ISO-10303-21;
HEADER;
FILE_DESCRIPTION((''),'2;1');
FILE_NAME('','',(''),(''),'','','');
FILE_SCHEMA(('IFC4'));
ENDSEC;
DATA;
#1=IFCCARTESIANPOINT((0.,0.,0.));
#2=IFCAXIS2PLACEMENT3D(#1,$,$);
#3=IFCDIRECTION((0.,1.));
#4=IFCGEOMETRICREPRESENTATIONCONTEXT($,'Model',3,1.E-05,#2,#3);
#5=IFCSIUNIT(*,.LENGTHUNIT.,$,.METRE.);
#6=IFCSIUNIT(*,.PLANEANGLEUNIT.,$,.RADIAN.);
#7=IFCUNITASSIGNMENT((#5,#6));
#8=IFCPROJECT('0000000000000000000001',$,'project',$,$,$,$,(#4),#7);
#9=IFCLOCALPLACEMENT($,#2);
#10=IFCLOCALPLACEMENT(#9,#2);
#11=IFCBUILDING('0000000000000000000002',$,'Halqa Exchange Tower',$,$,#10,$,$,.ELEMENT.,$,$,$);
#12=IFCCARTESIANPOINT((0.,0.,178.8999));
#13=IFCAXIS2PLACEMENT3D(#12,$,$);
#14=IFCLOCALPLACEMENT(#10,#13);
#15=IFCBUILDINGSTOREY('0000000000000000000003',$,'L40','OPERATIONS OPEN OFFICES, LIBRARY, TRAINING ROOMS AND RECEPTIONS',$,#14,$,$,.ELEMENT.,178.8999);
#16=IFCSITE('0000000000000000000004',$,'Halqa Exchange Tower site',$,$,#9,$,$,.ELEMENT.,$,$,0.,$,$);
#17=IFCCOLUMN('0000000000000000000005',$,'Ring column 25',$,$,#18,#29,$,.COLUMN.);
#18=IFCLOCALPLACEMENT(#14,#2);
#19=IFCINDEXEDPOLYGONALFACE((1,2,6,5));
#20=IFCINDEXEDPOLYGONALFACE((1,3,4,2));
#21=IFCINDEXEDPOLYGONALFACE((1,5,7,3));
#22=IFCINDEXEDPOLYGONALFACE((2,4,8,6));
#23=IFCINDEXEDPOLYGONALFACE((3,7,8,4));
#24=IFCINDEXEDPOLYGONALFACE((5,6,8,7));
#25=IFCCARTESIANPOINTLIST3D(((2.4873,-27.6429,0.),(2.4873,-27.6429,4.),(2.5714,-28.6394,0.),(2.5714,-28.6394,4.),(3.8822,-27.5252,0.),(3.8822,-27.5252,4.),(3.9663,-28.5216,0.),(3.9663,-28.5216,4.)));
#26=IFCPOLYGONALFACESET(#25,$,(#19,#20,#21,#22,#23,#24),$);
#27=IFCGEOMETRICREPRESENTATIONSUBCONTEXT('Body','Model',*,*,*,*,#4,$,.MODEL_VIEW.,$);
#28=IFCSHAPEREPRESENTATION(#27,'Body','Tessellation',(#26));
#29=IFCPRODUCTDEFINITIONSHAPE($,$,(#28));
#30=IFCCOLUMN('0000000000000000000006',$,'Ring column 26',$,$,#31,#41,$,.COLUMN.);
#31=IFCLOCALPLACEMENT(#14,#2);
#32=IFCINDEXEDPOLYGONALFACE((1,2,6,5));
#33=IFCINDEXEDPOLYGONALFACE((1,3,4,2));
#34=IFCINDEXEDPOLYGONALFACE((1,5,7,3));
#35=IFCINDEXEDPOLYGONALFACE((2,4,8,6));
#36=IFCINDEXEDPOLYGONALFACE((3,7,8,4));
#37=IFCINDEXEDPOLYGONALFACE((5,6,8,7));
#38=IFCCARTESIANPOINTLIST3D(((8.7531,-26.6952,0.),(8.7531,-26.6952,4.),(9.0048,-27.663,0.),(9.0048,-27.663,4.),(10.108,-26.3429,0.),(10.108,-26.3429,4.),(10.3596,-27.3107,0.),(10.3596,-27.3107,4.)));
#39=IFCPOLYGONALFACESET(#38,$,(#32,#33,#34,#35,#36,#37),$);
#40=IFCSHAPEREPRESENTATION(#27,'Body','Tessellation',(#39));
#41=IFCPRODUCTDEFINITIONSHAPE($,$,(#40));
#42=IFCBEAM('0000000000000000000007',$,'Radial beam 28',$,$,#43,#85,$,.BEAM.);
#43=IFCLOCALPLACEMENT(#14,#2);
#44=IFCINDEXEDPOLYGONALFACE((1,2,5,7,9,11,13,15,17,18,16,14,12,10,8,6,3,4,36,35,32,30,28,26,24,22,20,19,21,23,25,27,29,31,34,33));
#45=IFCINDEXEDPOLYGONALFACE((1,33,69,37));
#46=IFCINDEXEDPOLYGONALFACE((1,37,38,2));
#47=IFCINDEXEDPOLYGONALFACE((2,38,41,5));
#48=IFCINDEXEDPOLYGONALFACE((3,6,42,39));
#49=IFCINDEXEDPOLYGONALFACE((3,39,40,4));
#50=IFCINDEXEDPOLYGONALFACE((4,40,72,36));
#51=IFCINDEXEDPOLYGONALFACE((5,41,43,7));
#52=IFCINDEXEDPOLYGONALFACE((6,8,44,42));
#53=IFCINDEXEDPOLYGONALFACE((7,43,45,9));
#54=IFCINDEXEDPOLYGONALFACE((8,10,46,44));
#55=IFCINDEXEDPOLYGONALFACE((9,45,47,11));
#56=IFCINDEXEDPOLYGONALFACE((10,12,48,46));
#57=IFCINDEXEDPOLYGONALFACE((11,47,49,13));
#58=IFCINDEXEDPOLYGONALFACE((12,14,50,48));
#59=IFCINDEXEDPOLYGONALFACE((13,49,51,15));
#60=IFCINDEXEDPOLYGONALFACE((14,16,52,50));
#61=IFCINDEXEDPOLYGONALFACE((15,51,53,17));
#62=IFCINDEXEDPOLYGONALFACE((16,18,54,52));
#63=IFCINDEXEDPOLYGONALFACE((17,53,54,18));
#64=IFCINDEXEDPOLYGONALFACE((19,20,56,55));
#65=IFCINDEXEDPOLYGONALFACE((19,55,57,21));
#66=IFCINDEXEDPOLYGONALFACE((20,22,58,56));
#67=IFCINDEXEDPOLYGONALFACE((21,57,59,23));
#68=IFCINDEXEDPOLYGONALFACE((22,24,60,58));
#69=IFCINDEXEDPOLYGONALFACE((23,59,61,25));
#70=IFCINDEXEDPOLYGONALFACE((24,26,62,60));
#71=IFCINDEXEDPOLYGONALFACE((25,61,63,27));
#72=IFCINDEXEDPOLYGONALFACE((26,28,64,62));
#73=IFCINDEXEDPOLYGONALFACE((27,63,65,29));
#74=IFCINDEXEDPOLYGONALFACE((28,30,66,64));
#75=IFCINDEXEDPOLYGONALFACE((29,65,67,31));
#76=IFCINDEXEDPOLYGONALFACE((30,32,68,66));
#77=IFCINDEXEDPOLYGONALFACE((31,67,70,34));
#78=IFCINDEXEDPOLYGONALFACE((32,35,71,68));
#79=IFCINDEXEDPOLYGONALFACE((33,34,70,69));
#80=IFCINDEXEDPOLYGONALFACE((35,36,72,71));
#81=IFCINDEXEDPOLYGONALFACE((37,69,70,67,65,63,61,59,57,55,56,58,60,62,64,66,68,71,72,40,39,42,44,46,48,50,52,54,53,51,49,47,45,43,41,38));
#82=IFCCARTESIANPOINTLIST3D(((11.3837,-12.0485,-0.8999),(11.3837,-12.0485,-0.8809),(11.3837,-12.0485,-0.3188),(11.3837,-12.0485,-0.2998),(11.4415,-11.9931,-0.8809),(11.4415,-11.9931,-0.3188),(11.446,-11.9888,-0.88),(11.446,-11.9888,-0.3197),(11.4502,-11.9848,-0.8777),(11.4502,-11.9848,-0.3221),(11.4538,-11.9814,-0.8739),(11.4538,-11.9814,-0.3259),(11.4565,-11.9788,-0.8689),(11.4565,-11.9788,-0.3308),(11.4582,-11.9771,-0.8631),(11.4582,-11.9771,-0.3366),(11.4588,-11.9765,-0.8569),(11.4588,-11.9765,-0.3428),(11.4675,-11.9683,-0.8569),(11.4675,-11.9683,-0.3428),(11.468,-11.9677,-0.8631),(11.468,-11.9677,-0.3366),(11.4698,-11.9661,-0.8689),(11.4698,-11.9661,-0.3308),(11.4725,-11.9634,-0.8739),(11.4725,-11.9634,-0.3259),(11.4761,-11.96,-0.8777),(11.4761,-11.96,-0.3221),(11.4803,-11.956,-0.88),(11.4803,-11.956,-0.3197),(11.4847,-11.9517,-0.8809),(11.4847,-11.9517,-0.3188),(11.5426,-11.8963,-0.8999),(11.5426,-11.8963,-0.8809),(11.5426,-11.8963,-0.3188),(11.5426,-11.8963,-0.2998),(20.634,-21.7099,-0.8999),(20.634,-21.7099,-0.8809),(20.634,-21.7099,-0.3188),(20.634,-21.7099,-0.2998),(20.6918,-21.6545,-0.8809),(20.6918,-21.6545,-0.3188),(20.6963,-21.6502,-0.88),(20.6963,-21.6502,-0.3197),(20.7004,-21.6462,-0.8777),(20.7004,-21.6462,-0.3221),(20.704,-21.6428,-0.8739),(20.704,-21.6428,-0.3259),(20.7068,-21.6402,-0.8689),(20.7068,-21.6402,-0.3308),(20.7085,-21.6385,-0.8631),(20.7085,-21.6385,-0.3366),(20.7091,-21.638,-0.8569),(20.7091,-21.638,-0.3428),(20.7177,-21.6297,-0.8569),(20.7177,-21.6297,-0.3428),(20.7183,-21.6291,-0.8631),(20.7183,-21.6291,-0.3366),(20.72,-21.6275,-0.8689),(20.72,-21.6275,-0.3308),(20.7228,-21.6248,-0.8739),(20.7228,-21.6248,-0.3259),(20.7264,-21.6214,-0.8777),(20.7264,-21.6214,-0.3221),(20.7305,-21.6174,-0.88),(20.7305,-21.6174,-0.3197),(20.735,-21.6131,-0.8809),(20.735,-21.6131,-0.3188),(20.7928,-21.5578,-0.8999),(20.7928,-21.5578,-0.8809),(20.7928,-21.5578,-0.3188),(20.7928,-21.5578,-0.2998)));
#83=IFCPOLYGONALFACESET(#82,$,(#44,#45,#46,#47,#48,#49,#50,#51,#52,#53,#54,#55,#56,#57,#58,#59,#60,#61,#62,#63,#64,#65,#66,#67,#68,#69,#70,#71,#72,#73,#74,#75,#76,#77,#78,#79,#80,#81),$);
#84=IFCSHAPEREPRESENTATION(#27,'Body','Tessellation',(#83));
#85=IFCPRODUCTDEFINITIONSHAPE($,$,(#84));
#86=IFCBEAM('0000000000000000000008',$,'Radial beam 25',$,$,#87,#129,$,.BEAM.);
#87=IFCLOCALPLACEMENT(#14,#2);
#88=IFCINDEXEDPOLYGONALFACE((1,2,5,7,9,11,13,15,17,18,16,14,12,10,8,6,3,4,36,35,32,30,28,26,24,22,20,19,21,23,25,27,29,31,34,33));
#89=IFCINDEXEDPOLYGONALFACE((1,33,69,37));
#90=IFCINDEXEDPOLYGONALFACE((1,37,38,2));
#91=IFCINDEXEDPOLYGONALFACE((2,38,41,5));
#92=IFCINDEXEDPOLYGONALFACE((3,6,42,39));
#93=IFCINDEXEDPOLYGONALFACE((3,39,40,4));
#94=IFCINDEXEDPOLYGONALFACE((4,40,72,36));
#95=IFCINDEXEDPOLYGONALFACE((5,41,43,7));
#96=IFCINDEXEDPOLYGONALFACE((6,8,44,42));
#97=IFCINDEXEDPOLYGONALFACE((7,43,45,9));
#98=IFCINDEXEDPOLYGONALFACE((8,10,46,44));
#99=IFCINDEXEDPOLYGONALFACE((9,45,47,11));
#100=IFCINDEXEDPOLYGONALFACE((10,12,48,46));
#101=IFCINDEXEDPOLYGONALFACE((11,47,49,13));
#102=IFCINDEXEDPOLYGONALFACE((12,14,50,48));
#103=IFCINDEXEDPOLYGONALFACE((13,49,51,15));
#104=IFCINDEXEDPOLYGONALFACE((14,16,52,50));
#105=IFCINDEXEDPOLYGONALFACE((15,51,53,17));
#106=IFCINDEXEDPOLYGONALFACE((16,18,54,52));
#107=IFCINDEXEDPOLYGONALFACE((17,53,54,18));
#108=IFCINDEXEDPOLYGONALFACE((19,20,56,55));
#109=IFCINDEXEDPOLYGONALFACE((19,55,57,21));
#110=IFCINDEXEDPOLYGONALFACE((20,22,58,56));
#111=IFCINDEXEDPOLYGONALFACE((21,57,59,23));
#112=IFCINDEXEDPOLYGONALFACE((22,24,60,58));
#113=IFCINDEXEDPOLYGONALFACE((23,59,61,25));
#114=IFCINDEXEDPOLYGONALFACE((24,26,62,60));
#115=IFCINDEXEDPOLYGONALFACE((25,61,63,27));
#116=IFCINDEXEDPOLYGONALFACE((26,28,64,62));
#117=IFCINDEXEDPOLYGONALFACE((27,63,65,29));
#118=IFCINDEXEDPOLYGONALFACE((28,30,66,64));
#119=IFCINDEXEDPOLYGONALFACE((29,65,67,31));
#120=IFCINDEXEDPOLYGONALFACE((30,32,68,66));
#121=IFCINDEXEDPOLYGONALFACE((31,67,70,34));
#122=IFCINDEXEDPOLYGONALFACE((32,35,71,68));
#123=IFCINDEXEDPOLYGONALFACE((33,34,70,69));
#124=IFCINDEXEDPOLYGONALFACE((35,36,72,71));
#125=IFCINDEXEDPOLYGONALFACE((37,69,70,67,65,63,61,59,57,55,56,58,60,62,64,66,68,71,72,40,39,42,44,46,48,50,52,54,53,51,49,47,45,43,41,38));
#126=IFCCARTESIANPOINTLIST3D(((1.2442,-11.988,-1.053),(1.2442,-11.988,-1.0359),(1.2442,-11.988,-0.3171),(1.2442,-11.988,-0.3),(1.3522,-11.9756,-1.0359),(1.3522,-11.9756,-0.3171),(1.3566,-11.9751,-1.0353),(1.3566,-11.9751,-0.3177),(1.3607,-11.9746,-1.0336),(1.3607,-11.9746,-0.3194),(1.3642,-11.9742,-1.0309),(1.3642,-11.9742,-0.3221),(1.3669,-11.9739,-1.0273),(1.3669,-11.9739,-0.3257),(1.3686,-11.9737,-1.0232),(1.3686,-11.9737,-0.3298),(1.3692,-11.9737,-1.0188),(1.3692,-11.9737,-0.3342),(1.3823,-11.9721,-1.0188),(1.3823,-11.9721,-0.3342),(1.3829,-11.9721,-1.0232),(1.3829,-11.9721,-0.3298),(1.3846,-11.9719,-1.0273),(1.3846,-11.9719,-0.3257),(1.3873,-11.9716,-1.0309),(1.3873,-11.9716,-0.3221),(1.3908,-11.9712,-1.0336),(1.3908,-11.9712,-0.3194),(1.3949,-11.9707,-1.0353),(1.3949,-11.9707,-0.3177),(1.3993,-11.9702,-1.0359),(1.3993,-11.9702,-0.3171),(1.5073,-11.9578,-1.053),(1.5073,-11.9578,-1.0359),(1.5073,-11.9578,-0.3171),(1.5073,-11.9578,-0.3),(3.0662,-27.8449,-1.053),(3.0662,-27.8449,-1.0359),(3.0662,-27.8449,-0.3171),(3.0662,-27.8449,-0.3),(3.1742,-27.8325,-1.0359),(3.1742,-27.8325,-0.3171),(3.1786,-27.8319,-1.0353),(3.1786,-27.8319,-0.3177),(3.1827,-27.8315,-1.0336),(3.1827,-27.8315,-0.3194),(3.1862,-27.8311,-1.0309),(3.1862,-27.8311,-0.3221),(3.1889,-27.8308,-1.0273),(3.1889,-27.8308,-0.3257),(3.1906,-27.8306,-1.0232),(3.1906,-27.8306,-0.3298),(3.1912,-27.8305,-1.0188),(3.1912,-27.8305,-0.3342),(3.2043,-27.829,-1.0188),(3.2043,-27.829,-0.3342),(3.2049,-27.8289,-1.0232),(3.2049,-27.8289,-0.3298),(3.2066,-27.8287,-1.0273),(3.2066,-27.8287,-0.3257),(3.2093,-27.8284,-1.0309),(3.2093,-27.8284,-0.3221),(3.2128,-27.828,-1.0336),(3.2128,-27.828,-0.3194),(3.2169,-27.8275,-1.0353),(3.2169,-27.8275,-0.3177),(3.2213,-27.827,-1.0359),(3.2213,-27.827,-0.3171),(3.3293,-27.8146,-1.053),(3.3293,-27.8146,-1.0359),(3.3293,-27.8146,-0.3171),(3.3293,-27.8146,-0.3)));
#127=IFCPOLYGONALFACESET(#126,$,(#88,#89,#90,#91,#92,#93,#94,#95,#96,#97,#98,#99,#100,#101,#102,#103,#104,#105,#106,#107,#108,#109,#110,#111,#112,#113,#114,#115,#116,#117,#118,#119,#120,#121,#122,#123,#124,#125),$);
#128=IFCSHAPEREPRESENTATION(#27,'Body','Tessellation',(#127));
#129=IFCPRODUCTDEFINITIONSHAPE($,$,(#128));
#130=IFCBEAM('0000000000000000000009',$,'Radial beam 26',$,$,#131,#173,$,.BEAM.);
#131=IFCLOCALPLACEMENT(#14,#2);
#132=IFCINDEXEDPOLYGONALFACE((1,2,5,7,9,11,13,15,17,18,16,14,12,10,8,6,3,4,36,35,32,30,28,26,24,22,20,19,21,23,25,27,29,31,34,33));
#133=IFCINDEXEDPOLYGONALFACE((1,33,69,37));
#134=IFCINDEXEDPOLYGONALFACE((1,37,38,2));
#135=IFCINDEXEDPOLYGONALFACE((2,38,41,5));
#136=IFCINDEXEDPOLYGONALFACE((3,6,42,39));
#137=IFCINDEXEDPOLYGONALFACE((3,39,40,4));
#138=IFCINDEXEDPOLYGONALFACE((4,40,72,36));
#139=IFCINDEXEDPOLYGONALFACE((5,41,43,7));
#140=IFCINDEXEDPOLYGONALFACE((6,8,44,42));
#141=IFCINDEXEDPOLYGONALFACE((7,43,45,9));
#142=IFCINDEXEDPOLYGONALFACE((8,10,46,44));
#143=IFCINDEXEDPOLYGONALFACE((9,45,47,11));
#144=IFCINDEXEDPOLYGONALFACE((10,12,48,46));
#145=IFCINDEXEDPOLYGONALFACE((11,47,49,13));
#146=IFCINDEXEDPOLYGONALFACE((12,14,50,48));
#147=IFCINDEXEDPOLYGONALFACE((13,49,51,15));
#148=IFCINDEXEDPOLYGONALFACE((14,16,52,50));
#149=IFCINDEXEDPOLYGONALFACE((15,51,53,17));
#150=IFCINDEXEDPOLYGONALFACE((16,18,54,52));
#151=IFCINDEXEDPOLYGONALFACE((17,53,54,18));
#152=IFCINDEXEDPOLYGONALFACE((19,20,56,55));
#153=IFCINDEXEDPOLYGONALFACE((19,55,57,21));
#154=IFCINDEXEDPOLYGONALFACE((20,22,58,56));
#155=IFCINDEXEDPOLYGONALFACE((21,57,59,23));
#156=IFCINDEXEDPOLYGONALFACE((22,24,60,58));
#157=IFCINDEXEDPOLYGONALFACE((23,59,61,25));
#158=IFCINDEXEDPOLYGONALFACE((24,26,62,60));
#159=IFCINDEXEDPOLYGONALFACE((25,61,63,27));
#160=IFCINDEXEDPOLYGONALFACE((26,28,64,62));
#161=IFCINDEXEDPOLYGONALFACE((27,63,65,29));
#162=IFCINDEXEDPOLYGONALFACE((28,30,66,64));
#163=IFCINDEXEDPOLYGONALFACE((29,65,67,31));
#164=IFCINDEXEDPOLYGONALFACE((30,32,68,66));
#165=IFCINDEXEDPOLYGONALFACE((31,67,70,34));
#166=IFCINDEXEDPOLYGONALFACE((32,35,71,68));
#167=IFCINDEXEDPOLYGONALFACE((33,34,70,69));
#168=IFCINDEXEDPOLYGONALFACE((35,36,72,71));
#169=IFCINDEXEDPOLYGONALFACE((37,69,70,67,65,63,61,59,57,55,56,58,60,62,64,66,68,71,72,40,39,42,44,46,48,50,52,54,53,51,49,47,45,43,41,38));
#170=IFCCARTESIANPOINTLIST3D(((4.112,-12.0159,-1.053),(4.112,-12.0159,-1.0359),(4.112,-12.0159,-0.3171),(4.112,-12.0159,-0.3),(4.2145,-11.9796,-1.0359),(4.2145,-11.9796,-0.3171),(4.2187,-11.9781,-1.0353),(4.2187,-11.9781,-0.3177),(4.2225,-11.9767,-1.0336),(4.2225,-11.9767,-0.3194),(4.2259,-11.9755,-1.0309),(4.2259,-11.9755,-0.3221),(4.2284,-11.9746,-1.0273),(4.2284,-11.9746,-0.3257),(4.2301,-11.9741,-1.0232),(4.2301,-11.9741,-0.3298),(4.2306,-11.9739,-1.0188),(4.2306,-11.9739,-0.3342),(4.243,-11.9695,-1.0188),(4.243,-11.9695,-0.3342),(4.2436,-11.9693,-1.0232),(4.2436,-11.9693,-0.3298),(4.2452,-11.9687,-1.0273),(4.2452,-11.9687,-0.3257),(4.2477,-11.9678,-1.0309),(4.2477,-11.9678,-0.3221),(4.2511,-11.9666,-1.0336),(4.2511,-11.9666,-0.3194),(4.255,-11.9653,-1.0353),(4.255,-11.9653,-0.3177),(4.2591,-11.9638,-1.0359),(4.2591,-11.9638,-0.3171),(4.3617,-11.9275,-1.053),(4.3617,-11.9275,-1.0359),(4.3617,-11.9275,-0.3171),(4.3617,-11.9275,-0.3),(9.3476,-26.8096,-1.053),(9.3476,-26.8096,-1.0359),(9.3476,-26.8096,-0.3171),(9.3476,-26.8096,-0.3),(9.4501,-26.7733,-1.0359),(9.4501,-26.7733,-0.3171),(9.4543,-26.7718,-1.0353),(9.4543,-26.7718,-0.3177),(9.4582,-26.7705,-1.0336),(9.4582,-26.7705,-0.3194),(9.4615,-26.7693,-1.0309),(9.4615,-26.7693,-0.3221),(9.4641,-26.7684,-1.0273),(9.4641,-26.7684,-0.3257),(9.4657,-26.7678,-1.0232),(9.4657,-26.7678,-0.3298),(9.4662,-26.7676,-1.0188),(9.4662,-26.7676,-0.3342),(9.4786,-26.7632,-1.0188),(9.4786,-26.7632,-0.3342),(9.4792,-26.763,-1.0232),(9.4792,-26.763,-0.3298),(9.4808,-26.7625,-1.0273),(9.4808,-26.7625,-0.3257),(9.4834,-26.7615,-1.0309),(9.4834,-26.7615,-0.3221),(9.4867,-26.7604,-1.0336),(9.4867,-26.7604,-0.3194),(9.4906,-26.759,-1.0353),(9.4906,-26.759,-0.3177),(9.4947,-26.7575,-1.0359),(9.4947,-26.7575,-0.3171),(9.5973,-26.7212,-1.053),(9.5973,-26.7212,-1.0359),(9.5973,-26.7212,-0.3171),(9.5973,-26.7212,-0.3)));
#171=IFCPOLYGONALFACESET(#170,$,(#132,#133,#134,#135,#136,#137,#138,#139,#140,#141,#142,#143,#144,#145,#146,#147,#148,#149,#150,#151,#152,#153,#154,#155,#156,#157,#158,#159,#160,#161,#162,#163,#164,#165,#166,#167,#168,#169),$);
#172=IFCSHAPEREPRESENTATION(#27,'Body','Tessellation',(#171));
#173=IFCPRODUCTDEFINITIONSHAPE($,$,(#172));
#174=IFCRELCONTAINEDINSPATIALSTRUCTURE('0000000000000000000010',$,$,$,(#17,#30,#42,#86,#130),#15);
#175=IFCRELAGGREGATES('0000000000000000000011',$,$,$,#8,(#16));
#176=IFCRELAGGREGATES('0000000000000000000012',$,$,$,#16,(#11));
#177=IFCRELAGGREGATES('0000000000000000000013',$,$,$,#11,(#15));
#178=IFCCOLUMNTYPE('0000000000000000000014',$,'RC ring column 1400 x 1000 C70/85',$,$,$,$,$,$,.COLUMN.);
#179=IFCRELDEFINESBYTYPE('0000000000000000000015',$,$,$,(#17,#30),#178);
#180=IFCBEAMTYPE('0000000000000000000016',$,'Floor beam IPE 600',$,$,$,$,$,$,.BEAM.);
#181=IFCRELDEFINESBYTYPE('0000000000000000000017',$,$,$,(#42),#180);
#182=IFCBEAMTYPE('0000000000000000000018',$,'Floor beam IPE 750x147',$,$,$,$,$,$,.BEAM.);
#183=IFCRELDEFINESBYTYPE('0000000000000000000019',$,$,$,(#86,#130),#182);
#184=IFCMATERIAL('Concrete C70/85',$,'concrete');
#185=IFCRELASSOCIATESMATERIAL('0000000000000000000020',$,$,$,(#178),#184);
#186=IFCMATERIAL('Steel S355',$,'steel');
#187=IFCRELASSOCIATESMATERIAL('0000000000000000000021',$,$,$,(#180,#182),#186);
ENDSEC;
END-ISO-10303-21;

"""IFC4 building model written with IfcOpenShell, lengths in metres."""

from ifc_helpers import new_model, si_unit, direction, frame, origin, origin_2d, place, context, subcontext, project, spatial, rectangle, i_section, extrude, material, material_profile, profile_set, type_object, element, save


model = new_model("IFC4")

# Units and contexts
model_context = context("Model", 3, precision=1e-05, world=origin(), true_north=direction((0.0, 1.0)))
body_context = subcontext(model_context, "Body", "Model", "MODEL_VIEW")
ifc_project = project(units=[si_unit("LENGTHUNIT", "METRE"), si_unit("PLANEANGLEUNIT", "RADIAN")], contexts=[model_context])

# Site, building, storey
site_placement = place(None, origin())
site = spatial("IfcSite", under=ifc_project, at=site_placement, Name="Halqa Exchange Tower site", CompositionType="ELEMENT", RefElevation=0.0)
building_placement = place(site_placement, origin())
building = spatial("IfcBuilding", under=site, at=building_placement, Name="Halqa Exchange Tower", CompositionType="ELEMENT")
storey_placement = place(building_placement, frame((0.0, 0.0, 178.8999)))
storey = spatial("IfcBuildingStorey", under=building, at=storey_placement, Name="L40", Description="OPERATIONS OPEN OFFICES, LIBRARY, TRAINING ROOMS AND RECEPTIONS", CompositionType="ELEMENT", Elevation=178.8999)

# Columns
ifc_material_1 = material(Name="Concrete C70/85", Category="concrete")
ifc_material_profile_1 = material_profile(ifc_material_1, rectangle(XDim=1.3999, YDim=1.0, at=origin_2d()), Name="1400 x 1000")
ifc_profile_set_1 = profile_set([ifc_material_profile_1], Name="Concrete C70/85")
column_type = type_object("IfcColumnType", Name="RC ring column 1400 x 1000 C70/85", PredefinedType="COLUMN", material=ifc_profile_set_1)
for number, where, z_axis, x_axis, name in (
    (1, (3.2268, -28.0823, 0.0), (0.0, 0.0, 1.0), (0.996455, 0.084123, 0.0), "Ring column 25"),
    (2, (9.5564, -27.0029, 0.0), (0.0, 0.0, 1.0), (0.96782, 0.251645, 0.0), "Ring column 26"),
):
    element("IfcColumn", number, at=place(storey_placement, frame(where, z_axis=z_axis, x_axis=x_axis)), inside=storey, type_object=column_type, Name=name, PredefinedType="COLUMN", context=body_context, shape_type="SweptSolid", body=[
        extrude(rectangle(XDim=1.3999, YDim=1.0, at=origin_2d()), origin(), (0.0, 0.0, 1.0), 4.0),
    ])

# Beams
ifc_material_2 = material(Name="Steel S355", Category="steel")
ifc_material_profile_2 = material_profile(ifc_material_2, i_section(OverallWidth=0.22, OverallDepth=0.6001, WebThickness=0.012, FlangeThickness=0.019, FilletRadius=0.0239, at=origin_2d()), Name="IPE 600")
ifc_profile_set_2 = profile_set([ifc_material_profile_2], Name="Steel S355")
beam_type_1 = type_object("IfcBeamType", Name="Floor beam IPE 600", PredefinedType="BEAM", material=ifc_profile_set_2)
beam_1_placement = place(storey_placement, frame((11.4631, -11.9724, -0.5999), z_axis=(0.691571, -0.722308, 0.0), x_axis=(0.722308, 0.691571, 0.0)))
element("IfcBeam", 3, at=beam_1_placement, inside=storey, type_object=beam_type_1, Name="Radial beam 28", PredefinedType="BEAM", context=body_context, shape_type="SweptSolid", body=[
    extrude(i_section(OverallWidth=0.22, OverallDepth=0.6001, WebThickness=0.012, FlangeThickness=0.019, FilletRadius=0.0239, at=origin_2d()), origin(), (0.0, 0.0, 1.0), 13.3757),
])
ifc_material_profile_3 = material_profile(ifc_material_2, i_section(OverallWidth=0.2649, OverallDepth=0.7529, WebThickness=0.0132, FlangeThickness=0.0171, FilletRadius=0.0171, at=origin_2d()), Name="IPE 750x147")
ifc_profile_set_3 = profile_set([ifc_material_profile_3], Name="Steel S355")
beam_type_2 = type_object("IfcBeamType", Name="Floor beam IPE 750x147", PredefinedType="BEAM", material=ifc_profile_set_3)
beam_2_placement = place(storey_placement, frame((1.3757, -11.9729, -0.6765), z_axis=(0.114153, -0.993463, 0.0), x_axis=(0.993463, 0.114153, 0.0)))
element("IfcBeam", 4, at=beam_2_placement, inside=storey, type_object=beam_type_2, Name="Radial beam 25", PredefinedType="BEAM", context=body_context, shape_type="SweptSolid", body=[
    extrude(i_section(OverallWidth=0.2649, OverallDepth=0.7529, WebThickness=0.0132, FlangeThickness=0.0171, FilletRadius=0.0171, at=origin_2d()), origin(), (0.0, 0.0, 1.0), 15.9612),
])
beam_3_placement = place(storey_placement, frame((4.2368, -11.9717, -0.6765), z_axis=(0.33363, -0.942704, 0.0), x_axis=(0.942704, 0.33363, 0.0)))
element("IfcBeam", 5, at=beam_3_placement, inside=storey, type_object=beam_type_2, Name="Radial beam 26", PredefinedType="BEAM", context=body_context, shape_type="SweptSolid", body=[
    extrude(i_section(OverallWidth=0.2649, OverallDepth=0.7529, WebThickness=0.0132, FlangeThickness=0.0171, FilletRadius=0.0171, at=origin_2d()), origin(), (0.0, 0.0, 1.0), 15.6929),
])

save(model, "model.ifc")
